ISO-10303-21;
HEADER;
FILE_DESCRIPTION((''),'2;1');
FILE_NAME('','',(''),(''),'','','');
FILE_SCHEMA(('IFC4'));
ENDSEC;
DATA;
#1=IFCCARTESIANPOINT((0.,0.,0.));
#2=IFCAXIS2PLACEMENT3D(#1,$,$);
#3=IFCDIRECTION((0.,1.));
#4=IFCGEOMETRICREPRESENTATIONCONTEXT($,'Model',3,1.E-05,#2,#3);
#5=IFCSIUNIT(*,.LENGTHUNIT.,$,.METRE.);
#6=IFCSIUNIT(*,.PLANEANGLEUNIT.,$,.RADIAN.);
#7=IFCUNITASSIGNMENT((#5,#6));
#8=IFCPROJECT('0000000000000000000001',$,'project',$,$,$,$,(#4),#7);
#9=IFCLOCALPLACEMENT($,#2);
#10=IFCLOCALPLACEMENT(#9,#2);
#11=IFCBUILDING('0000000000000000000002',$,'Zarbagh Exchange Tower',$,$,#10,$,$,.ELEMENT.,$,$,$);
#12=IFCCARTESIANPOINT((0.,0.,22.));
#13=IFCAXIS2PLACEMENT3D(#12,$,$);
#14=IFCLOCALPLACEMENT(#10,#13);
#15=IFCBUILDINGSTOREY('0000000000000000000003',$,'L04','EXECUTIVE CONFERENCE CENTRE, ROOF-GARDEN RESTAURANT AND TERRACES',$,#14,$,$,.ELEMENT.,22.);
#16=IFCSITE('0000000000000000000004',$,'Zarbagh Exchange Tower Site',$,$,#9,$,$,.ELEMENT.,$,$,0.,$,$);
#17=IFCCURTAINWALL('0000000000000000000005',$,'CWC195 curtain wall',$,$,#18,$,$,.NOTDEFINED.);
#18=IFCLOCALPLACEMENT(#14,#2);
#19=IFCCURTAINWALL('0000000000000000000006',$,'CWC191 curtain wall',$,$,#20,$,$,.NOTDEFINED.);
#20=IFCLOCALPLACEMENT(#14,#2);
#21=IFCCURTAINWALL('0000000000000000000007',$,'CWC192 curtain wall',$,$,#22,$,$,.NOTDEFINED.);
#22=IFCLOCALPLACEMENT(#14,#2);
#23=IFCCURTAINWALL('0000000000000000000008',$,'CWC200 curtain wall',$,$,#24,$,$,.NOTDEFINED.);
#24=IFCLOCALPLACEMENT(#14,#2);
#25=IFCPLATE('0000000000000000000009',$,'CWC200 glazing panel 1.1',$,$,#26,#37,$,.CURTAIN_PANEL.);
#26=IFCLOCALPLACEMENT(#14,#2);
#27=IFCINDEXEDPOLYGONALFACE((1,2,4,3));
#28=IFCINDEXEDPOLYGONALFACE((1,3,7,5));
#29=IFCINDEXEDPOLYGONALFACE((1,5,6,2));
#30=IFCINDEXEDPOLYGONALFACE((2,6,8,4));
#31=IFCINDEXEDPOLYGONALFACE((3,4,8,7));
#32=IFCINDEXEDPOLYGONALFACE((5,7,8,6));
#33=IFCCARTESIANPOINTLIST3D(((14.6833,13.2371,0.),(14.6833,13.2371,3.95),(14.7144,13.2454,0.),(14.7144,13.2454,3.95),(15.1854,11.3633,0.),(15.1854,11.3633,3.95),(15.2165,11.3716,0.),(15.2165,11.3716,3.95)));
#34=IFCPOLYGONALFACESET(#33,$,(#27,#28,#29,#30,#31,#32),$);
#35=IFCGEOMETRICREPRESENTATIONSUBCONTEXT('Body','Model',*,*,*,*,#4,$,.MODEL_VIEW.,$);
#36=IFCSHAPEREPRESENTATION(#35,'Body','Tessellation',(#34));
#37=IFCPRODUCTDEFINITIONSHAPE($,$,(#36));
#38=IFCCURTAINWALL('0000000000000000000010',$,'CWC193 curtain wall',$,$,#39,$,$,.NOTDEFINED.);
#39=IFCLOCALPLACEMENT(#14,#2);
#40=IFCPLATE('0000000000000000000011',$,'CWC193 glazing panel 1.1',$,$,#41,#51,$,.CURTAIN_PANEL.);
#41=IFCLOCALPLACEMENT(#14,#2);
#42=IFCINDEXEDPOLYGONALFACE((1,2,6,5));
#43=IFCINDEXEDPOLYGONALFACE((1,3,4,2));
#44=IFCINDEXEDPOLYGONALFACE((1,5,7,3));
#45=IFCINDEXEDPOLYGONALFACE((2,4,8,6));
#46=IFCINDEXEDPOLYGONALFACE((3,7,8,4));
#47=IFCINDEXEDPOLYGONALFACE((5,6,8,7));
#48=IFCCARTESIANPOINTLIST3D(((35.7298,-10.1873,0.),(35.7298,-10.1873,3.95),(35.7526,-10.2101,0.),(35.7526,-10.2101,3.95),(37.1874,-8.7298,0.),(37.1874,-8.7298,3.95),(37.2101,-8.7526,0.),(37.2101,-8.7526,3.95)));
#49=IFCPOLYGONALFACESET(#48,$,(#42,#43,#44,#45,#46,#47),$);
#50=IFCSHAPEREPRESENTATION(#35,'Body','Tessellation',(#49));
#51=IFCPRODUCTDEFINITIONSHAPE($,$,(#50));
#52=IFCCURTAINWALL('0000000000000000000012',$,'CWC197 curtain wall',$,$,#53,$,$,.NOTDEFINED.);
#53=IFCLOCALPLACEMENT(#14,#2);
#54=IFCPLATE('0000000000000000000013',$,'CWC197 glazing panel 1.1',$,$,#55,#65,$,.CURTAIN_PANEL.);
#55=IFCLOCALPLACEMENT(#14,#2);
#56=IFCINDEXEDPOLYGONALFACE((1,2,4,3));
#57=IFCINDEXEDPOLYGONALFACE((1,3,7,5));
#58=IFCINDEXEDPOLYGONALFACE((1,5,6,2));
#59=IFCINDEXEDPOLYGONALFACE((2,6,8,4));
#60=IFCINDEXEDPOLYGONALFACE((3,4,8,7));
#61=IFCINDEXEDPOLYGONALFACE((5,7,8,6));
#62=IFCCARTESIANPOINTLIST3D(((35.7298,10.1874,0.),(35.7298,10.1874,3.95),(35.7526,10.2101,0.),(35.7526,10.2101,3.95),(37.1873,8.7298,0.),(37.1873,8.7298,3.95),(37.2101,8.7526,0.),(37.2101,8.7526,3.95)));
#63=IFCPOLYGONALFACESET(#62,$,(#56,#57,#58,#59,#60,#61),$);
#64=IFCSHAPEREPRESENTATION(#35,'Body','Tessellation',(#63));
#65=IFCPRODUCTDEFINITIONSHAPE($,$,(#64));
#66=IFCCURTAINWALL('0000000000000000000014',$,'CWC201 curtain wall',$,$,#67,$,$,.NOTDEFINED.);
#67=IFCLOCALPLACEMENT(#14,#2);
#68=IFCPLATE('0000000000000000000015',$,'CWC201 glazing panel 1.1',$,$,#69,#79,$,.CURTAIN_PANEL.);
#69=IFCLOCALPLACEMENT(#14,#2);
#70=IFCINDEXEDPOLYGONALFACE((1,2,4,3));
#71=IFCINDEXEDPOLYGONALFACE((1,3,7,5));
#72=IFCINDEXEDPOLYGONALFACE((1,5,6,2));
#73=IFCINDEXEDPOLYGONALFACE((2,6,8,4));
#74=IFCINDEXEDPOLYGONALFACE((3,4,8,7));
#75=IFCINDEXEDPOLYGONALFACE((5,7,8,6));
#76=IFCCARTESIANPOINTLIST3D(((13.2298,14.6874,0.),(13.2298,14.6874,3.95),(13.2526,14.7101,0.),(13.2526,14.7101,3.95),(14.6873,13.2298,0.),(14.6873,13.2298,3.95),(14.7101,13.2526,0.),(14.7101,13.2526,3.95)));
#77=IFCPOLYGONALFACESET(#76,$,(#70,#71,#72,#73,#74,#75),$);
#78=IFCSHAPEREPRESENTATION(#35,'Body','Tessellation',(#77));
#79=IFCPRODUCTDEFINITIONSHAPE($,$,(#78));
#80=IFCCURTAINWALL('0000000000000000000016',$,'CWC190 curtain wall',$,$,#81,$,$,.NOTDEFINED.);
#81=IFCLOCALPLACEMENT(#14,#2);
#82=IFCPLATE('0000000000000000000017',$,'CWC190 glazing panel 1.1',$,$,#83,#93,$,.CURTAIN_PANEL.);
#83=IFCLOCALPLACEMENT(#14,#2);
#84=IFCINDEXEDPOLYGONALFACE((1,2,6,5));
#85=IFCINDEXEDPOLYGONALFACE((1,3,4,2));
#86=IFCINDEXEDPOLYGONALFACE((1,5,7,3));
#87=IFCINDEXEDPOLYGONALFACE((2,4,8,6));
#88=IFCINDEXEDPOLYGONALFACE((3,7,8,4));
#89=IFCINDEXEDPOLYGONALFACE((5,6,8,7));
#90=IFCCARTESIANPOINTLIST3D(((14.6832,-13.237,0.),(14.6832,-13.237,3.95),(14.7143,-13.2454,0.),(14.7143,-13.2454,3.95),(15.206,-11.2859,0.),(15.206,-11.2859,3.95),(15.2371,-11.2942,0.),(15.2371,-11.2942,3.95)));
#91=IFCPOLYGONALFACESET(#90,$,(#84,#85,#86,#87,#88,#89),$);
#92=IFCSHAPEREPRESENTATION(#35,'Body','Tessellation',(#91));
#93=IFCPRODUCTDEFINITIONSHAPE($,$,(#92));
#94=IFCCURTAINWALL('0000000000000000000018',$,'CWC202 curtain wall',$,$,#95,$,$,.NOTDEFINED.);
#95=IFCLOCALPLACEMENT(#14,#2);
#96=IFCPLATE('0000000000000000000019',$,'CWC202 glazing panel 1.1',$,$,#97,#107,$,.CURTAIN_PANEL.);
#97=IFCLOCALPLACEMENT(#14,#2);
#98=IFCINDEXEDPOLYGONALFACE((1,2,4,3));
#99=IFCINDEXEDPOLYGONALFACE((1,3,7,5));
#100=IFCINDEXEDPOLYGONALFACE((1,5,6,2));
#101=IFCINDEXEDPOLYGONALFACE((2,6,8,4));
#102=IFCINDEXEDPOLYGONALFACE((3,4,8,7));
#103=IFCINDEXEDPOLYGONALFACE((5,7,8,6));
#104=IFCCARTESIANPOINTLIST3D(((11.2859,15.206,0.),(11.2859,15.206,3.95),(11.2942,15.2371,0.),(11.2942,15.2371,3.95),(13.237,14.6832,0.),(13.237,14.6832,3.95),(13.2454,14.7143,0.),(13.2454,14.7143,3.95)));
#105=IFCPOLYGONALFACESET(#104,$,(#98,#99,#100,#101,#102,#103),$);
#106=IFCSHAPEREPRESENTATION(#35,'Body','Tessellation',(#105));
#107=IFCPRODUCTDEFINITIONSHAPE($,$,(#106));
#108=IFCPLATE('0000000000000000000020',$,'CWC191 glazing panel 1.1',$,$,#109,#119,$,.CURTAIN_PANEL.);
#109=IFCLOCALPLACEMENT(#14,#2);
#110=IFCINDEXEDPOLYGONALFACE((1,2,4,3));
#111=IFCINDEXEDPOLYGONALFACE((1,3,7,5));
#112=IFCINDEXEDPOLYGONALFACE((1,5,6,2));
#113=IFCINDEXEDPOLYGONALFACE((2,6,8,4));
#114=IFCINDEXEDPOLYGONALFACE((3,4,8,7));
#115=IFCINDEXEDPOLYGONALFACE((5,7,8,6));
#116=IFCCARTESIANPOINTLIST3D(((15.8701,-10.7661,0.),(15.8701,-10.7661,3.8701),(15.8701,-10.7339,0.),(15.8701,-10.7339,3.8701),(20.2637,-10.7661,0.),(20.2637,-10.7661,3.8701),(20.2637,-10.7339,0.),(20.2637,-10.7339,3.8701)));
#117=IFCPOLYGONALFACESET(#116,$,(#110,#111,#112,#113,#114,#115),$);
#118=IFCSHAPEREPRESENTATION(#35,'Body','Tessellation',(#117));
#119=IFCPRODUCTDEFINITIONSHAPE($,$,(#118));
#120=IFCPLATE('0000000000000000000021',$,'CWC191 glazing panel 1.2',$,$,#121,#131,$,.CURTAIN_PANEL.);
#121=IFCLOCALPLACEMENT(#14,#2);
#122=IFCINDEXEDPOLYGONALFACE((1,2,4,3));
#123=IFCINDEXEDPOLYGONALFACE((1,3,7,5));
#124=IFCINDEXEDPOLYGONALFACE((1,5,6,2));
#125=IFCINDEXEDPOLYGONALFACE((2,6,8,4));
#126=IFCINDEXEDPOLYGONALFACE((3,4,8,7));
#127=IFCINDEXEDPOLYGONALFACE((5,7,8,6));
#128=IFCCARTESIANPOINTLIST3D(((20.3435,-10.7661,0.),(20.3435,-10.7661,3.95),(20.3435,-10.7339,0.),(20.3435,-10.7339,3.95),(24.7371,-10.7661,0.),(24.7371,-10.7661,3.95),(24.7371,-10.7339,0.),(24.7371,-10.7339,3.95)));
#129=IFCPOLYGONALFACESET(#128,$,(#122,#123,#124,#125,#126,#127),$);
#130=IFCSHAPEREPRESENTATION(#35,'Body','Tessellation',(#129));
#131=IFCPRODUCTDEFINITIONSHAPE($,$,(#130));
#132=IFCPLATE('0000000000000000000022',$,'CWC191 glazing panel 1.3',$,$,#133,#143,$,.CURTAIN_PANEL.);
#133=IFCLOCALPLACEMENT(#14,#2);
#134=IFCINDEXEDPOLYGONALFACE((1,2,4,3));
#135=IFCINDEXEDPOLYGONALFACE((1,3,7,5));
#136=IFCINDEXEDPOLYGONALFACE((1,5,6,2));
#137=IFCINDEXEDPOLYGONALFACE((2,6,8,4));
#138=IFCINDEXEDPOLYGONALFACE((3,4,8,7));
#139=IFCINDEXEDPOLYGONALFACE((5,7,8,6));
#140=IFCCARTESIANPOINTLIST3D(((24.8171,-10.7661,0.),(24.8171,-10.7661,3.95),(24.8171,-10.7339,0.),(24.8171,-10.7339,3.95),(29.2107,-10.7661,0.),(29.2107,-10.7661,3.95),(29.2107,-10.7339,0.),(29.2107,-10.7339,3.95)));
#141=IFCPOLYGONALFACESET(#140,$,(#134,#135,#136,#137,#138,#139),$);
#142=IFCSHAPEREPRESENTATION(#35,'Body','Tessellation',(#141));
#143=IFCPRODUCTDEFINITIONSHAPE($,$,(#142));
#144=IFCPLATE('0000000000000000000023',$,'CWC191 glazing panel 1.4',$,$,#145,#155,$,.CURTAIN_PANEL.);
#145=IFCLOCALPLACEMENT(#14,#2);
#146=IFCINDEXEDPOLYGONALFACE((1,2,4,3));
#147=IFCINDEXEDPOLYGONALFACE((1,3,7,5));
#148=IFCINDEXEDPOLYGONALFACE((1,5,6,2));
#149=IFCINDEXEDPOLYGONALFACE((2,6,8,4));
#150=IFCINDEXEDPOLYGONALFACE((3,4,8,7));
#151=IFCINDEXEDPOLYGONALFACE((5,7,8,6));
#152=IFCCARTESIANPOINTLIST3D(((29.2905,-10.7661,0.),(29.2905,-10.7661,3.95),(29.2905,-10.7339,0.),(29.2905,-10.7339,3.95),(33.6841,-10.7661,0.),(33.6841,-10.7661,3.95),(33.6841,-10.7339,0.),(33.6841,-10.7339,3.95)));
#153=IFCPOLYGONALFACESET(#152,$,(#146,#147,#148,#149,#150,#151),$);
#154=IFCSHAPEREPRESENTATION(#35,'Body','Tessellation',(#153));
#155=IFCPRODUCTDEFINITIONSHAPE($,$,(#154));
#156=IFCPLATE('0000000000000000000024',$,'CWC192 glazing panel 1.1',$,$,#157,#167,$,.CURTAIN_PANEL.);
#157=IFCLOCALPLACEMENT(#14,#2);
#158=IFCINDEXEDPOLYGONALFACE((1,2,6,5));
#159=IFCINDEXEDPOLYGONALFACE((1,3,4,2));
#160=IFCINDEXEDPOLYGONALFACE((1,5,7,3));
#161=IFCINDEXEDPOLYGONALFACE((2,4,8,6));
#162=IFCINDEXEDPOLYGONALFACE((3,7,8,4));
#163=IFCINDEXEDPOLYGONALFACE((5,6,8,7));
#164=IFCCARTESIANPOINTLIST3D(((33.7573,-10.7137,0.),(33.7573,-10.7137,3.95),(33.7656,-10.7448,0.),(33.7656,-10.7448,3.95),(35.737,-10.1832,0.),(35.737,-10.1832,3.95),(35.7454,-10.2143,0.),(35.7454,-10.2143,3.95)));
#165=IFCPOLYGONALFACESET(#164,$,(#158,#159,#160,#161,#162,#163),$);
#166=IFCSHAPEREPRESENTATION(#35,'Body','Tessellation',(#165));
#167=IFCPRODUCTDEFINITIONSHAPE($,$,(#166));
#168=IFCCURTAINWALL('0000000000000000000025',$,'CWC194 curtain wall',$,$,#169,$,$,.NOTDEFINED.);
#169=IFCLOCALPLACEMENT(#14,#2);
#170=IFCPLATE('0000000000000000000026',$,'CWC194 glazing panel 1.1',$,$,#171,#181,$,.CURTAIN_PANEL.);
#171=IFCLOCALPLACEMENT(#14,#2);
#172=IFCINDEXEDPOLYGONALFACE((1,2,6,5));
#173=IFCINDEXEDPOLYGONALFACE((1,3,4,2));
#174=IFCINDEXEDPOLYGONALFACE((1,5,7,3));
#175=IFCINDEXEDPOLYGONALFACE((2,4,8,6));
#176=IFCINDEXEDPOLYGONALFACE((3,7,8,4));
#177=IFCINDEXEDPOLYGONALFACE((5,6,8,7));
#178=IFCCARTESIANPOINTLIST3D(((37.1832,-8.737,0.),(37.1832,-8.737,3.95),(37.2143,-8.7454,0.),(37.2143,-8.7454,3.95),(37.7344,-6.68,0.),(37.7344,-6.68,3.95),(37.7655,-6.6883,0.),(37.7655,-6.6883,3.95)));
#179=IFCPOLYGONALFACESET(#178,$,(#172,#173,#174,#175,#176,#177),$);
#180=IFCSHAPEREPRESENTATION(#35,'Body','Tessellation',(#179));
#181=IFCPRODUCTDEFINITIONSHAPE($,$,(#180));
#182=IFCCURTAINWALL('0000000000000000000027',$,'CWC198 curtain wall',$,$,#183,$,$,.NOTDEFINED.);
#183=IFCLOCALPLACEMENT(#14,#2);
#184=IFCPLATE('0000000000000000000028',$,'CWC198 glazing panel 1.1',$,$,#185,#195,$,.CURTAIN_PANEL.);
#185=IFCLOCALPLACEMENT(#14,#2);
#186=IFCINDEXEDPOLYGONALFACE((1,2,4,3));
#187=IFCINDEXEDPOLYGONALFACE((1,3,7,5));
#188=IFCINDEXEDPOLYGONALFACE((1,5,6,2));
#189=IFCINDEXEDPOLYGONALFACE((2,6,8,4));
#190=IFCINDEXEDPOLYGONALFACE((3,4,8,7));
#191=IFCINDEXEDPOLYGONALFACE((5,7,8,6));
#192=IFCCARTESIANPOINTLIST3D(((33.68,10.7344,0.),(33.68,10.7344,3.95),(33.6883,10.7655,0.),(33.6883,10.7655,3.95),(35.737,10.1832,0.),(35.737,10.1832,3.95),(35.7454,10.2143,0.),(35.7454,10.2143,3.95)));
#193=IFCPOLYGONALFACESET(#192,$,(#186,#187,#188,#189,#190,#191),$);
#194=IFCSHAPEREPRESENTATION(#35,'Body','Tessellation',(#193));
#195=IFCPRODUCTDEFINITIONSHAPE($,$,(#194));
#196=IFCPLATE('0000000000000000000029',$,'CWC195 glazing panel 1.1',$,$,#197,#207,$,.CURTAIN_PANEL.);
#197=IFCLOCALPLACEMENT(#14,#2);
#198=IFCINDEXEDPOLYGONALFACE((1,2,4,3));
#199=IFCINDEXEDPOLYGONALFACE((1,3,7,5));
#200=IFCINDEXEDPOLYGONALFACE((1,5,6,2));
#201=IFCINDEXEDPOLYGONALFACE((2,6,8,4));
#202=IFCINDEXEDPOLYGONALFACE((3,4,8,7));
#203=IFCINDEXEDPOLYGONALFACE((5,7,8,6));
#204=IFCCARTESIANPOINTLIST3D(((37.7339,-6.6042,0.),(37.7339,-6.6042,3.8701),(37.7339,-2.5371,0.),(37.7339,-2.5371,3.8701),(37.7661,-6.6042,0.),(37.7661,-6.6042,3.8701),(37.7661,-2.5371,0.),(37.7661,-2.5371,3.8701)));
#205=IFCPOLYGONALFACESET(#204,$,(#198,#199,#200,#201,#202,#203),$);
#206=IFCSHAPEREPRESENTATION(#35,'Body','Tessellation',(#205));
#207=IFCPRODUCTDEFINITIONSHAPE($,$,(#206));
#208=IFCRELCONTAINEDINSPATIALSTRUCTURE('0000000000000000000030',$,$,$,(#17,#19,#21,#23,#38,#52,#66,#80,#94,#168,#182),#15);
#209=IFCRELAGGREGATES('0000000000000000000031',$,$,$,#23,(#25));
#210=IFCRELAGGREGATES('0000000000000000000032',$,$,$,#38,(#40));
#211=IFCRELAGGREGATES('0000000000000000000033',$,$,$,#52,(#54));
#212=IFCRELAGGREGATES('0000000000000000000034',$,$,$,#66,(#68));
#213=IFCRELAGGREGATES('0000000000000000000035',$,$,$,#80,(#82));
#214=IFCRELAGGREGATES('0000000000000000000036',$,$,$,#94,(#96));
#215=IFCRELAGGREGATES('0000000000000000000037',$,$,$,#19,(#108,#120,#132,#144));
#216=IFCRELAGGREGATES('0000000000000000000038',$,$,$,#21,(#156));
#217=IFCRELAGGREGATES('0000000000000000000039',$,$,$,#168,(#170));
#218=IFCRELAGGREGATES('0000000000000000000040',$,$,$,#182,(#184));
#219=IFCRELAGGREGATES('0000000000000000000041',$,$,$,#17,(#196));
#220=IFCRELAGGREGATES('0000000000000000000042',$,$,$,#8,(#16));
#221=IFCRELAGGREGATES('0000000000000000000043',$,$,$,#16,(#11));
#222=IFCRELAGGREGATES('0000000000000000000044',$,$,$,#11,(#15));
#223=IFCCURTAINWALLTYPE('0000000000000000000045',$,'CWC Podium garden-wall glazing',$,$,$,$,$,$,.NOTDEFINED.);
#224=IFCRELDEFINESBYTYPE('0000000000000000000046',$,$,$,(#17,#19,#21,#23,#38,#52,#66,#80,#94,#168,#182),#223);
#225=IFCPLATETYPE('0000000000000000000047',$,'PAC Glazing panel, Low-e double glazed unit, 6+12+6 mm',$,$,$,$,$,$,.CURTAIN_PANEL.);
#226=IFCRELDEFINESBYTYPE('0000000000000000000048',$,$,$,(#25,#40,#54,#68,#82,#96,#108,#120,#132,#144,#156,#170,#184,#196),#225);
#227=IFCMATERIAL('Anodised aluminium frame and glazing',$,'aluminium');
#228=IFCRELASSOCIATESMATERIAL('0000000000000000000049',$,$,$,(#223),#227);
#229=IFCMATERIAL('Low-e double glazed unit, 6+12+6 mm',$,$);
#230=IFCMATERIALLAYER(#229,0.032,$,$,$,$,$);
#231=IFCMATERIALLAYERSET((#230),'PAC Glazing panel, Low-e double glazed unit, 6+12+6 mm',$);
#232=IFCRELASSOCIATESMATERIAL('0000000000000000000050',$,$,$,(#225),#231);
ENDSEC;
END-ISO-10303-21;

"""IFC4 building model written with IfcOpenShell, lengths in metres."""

from ifc_helpers import new_model, si_unit, direction, frame, origin, place, context, subcontext, project, spatial, polyline, outline, extrude, source, transform, mapped, material, layer, layer_set, type_object, element, aggregate, save


model = new_model("IFC4")

# Units and contexts
model_context = context("Model", 3, precision=1e-05, world=origin(), true_north=direction((0.0, 1.0)))
body_context = subcontext(model_context, "Body", "Model", "MODEL_VIEW")
ifc_project = project(units=[si_unit("LENGTHUNIT", "METRE"), si_unit("PLANEANGLEUNIT", "RADIAN")], contexts=[model_context])

# Site, building, storey
site_placement = place(None, origin())
site = spatial("IfcSite", under=ifc_project, at=site_placement, Name="Zarbagh Exchange Tower Site", CompositionType="ELEMENT", RefElevation=0.0)
building_placement = place(site_placement, origin())
building = spatial("IfcBuilding", under=site, at=building_placement, Name="Zarbagh Exchange Tower", CompositionType="ELEMENT")
storey_placement = place(building_placement, frame((0.0, 0.0, 22.0)))
storey = spatial("IfcBuildingStorey", under=building, at=storey_placement, Name="L04", Description="EXECUTIVE CONFERENCE CENTRE, ROOF-GARDEN RESTAURANT AND TERRACES", CompositionType="ELEMENT", Elevation=22.0)

# Curtain wall
ifc_material_1 = material(Name="Anodised aluminium frame and glazing", Category="aluminium")
curtain_wall_type = type_object("IfcCurtainWallType", Name="CWC Podium garden-wall glazing", PredefinedType="NOTDEFINED", material=ifc_material_1)
curtain_wall_1_placement = place(storey_placement, origin())
curtain_wall_1 = element("IfcCurtainWall", 1, at=curtain_wall_1_placement, inside=storey, type_object=curtain_wall_type, Name="CWC195 curtain wall", PredefinedType="NOTDEFINED")
placement = place(storey_placement, origin())

# Curtain wall
curtain_wall_2_placement = place(storey_placement, origin())
curtain_wall_2 = element("IfcCurtainWall", 2, at=curtain_wall_2_placement, inside=storey, type_object=curtain_wall_type, Name="CWC191 curtain wall", PredefinedType="NOTDEFINED")

# Curtain wall
curtain_wall_3_placement = place(storey_placement, origin())
curtain_wall_3 = element("IfcCurtainWall", 3, at=curtain_wall_3_placement, inside=storey, type_object=curtain_wall_type, Name="CWC192 curtain wall", PredefinedType="NOTDEFINED")

# Curtain wall
curtain_wall_4_placement = place(storey_placement, origin())
curtain_wall_4 = element("IfcCurtainWall", 4, at=curtain_wall_4_placement, inside=storey, type_object=curtain_wall_type, Name="CWC200 curtain wall", PredefinedType="NOTDEFINED")

# Plate
ifc_material_2 = material(Name="Low-e double glazed unit, 6+12+6 mm")
ifc_layer = layer(ifc_material_2, 0.032)
ifc_layer_set = layer_set([ifc_layer], Name="PAC Glazing panel, Low-e double glazed unit, 6+12+6 mm")
plate_type = type_object("IfcPlateType", Name="PAC Glazing panel, Low-e double glazed unit, 6+12+6 mm", PredefinedType="CURTAIN_PANEL", material=ifc_layer_set)
shared_shape_1 = source(origin(), body_context, "Body", "SweptSolid", [
    extrude(outline(polyline([(0.0, -0.0161), (1.9399, -0.0161), (1.9399, 0.0161), (0.0, 0.0161), (0.0, -0.0161)])), origin(), (0.0, 0.0, 1.0), 3.95),
])
plate_1 = element("IfcPlate", 5, at=placement, type_object=plate_type, Name="CWC200 glazing panel 1.1", PredefinedType="CURTAIN_PANEL", context=body_context, shape_type="MappedRepresentation", body=[
    mapped(shared_shape_1, transform((15.2009, 11.3674, 0.0), x_axis=(-0.258825, 0.965924, 0.0), y_axis=(-0.965924, -0.258825, 0.0), z_axis=(0.0, 0.0, 1.0))),
])
aggregate(curtain_wall_4, [plate_1])

# Curtain walls, plates
curtain_wall_5_placement = place(storey_placement, origin())
curtain_wall_5 = element("IfcCurtainWall", 6, at=curtain_wall_5_placement, inside=storey, type_object=curtain_wall_type, Name="CWC193 curtain wall", PredefinedType="NOTDEFINED")
shared_shape_2 = source(origin(), body_context, "Body", "SweptSolid", [
    extrude(outline(polyline([(0.0, -0.0161), (2.0613, -0.0161), (2.0613, 0.0161), (0.0, 0.0161), (0.0, -0.0161)])), origin(), (0.0, 0.0, 1.0), 3.95),
])
plate_2 = element("IfcPlate", 7, at=placement, type_object=plate_type, Name="CWC193 glazing panel 1.1", PredefinedType="CURTAIN_PANEL", context=body_context, shape_type="MappedRepresentation", body=[
    mapped(shared_shape_2, transform((35.7412, -10.1987, 0.0), x_axis=(0.707107, 0.707107, 0.0), y_axis=(-0.707107, 0.707107, 0.0), z_axis=(0.0, 0.0, 1.0))),
])
aggregate(curtain_wall_5, [plate_2])
curtain_wall_6_placement = place(storey_placement, origin())
curtain_wall_6 = element("IfcCurtainWall", 8, at=curtain_wall_6_placement, inside=storey, type_object=curtain_wall_type, Name="CWC197 curtain wall", PredefinedType="NOTDEFINED")
plate_3 = element("IfcPlate", 9, at=placement, type_object=plate_type, Name="CWC197 glazing panel 1.1", PredefinedType="CURTAIN_PANEL", context=body_context, shape_type="MappedRepresentation", body=[
    mapped(shared_shape_2, transform((37.1987, 8.7412, 0.0), x_axis=(-0.707107, 0.707107, 0.0), y_axis=(-0.707107, -0.707107, 0.0), z_axis=(0.0, 0.0, 1.0))),
])
aggregate(curtain_wall_6, [plate_3])
curtain_wall_7_placement = place(storey_placement, origin())
curtain_wall_7 = element("IfcCurtainWall", 10, at=curtain_wall_7_placement, inside=storey, type_object=curtain_wall_type, Name="CWC201 curtain wall", PredefinedType="NOTDEFINED")
plate_4 = element("IfcPlate", 11, at=placement, type_object=plate_type, Name="CWC201 glazing panel 1.1", PredefinedType="CURTAIN_PANEL", context=body_context, shape_type="MappedRepresentation", body=[
    mapped(shared_shape_2, transform((14.6987, 13.2412, 0.0), x_axis=(-0.707107, 0.707107, 0.0), y_axis=(-0.707107, -0.707107, 0.0), z_axis=(0.0, 0.0, 1.0))),
])
aggregate(curtain_wall_7, [plate_4])
curtain_wall_8_placement = place(storey_placement, origin())
curtain_wall_8 = element("IfcCurtainWall", 12, at=curtain_wall_8_placement, inside=storey, type_object=curtain_wall_type, Name="CWC190 curtain wall", PredefinedType="NOTDEFINED")
shared_shape_3 = source(origin(), body_context, "Body", "SweptSolid", [
    extrude(outline(polyline([(0.0, -0.0161), (2.02, -0.0161), (2.02, 0.0161), (0.0, 0.0161), (0.0, -0.0161)])), origin(), (0.0, 0.0, 1.0), 3.95),
])
plate_5 = element("IfcPlate", 13, at=placement, type_object=plate_type, Name="CWC190 glazing panel 1.1", PredefinedType="CURTAIN_PANEL", context=body_context, shape_type="MappedRepresentation", body=[
    mapped(shared_shape_3, transform((14.6987, -13.2412, 0.0), x_axis=(0.258825, 0.965924, 0.0), y_axis=(-0.965924, 0.258825, 0.0), z_axis=(0.0, 0.0, 1.0))),
])
aggregate(curtain_wall_8, [plate_5])
curtain_wall_9_placement = place(storey_placement, origin())
curtain_wall_9 = element("IfcCurtainWall", 14, at=curtain_wall_9_placement, inside=storey, type_object=curtain_wall_type, Name="CWC202 curtain wall", PredefinedType="NOTDEFINED")
plate_6 = element("IfcPlate", 15, at=placement, type_object=plate_type, Name="CWC202 glazing panel 1.1", PredefinedType="CURTAIN_PANEL", context=body_context, shape_type="MappedRepresentation", body=[
    mapped(shared_shape_3, transform((13.2412, 14.6987, 0.0), x_axis=(-0.965924, 0.258825, 0.0), y_axis=(-0.258825, -0.965924, 0.0), z_axis=(0.0, 0.0, 1.0))),
])
aggregate(curtain_wall_9, [plate_6])

# Plates
shared_shape_4 = source(origin(), body_context, "Body", "SweptSolid", [
    extrude(outline(polyline([(0.0, -0.0161), (4.3936, -0.0161), (4.3936, 0.0161), (0.0, 0.0161), (0.0, -0.0161)])), origin(), (0.0, 0.0, 1.0), 3.8701),
])
plate_7 = element("IfcPlate", 16, at=placement, type_object=plate_type, Name="CWC191 glazing panel 1.1", PredefinedType="CURTAIN_PANEL", context=body_context, shape_type="MappedRepresentation", body=[
    mapped(shared_shape_4, transform((15.8701, -10.75, 0.0), x_axis=(1.0, 0.0, 0.0), y_axis=(0.0, 1.0, 0.0), z_axis=(0.0, 0.0, 1.0))),
])
shared_shape_5 = source(origin(), body_context, "Body", "SweptSolid", [
    extrude(outline(polyline([(0.0, -0.0161), (4.3936, -0.0161), (4.3936, 0.0161), (0.0, 0.0161), (0.0, -0.0161)])), origin(), (0.0, 0.0, 1.0), 3.95),
])
plate_8 = element("IfcPlate", 17, at=placement, type_object=plate_type, Name="CWC191 glazing panel 1.2", PredefinedType="CURTAIN_PANEL", context=body_context, shape_type="MappedRepresentation", body=[
    mapped(shared_shape_5, transform((20.3435, -10.75, 0.0), x_axis=(1.0, 0.0, 0.0), y_axis=(0.0, 1.0, 0.0), z_axis=(0.0, 0.0, 1.0))),
])
plate_9 = element("IfcPlate", 18, at=placement, type_object=plate_type, Name="CWC191 glazing panel 1.3", PredefinedType="CURTAIN_PANEL", context=body_context, shape_type="MappedRepresentation", body=[
    mapped(shared_shape_5, transform((24.8171, -10.75, 0.0), x_axis=(1.0, 0.0, 0.0), y_axis=(0.0, 1.0, 0.0), z_axis=(0.0, 0.0, 1.0))),
])
plate_10 = element("IfcPlate", 19, at=placement, type_object=plate_type, Name="CWC191 glazing panel 1.4", PredefinedType="CURTAIN_PANEL", context=body_context, shape_type="MappedRepresentation", body=[
    mapped(shared_shape_5, transform((29.2905, -10.75, 0.0), x_axis=(1.0, 0.0, 0.0), y_axis=(0.0, 1.0, 0.0), z_axis=(0.0, 0.0, 1.0))),
])
aggregate(curtain_wall_2, [plate_7, plate_8, plate_9, plate_10])
shared_shape_6 = source(origin(), body_context, "Body", "SweptSolid", [
    extrude(outline(polyline([(0.0, -0.0161), (2.0496, -0.0161), (2.0496, 0.0161), (0.0, 0.0161), (0.0, -0.0161)])), origin(), (0.0, 0.0, 1.0), 3.95),
])
plate_11 = element("IfcPlate", 20, at=placement, type_object=plate_type, Name="CWC192 glazing panel 1.1", PredefinedType="CURTAIN_PANEL", context=body_context, shape_type="MappedRepresentation", body=[
    mapped(shared_shape_6, transform((33.7615, -10.7292, 0.0), x_axis=(0.965924, 0.258825, 0.0), y_axis=(-0.258825, 0.965924, 0.0), z_axis=(0.0, 0.0, 1.0))),
])
aggregate(curtain_wall_3, [plate_11])

# Curtain walls, plates
curtain_wall_10_placement = place(storey_placement, origin())
curtain_wall_10 = element("IfcCurtainWall", 21, at=curtain_wall_10_placement, inside=storey, type_object=curtain_wall_type, Name="CWC194 curtain wall", PredefinedType="NOTDEFINED")
shared_shape_7 = source(origin(), body_context, "Body", "SweptSolid", [
    extrude(outline(polyline([(0.0, -0.0161), (2.1296, -0.0161), (2.1296, 0.0161), (0.0, 0.0161), (0.0, -0.0161)])), origin(), (0.0, 0.0, 1.0), 3.95),
])
plate_12 = element("IfcPlate", 22, at=placement, type_object=plate_type, Name="CWC194 glazing panel 1.1", PredefinedType="CURTAIN_PANEL", context=body_context, shape_type="MappedRepresentation", body=[
    mapped(shared_shape_7, transform((37.1987, -8.7412, 0.0), x_axis=(0.258825, 0.965924, 0.0), y_axis=(-0.965924, 0.258825, 0.0), z_axis=(0.0, 0.0, 1.0))),
])
aggregate(curtain_wall_10, [plate_12])
curtain_wall_11_placement = place(storey_placement, origin())
curtain_wall_11 = element("IfcCurtainWall", 23, at=curtain_wall_11_placement, inside=storey, type_object=curtain_wall_type, Name="CWC198 curtain wall", PredefinedType="NOTDEFINED")
plate_13 = element("IfcPlate", 24, at=placement, type_object=plate_type, Name="CWC198 glazing panel 1.1", PredefinedType="CURTAIN_PANEL", context=body_context, shape_type="MappedRepresentation", body=[
    mapped(shared_shape_7, transform((35.7412, 10.1987, 0.0), x_axis=(-0.965924, 0.258825, 0.0), y_axis=(-0.258825, -0.965924, 0.0), z_axis=(0.0, 0.0, 1.0))),
])
aggregate(curtain_wall_11, [plate_13])

# Plate
shared_shape_8 = source(origin(), body_context, "Body", "SweptSolid", [
    extrude(outline(polyline([(0.0, -0.0161), (4.0671, -0.0161), (4.0671, 0.0161), (0.0, 0.0161), (0.0, -0.0161)])), origin(), (0.0, 0.0, 1.0), 3.8701),
])
plate_14 = element("IfcPlate", 25, at=placement, type_object=plate_type, Name="CWC195 glazing panel 1.1", PredefinedType="CURTAIN_PANEL", context=body_context, shape_type="MappedRepresentation", body=[
    mapped(shared_shape_8, transform((37.75, -6.6042, 0.0), x_axis=(0.0, 1.0, 0.0), y_axis=(-1.0, 0.0, 0.0), z_axis=(0.0, 0.0, 1.0))),
])
aggregate(curtain_wall_1, [plate_14])

save(model, "model.ifc")
